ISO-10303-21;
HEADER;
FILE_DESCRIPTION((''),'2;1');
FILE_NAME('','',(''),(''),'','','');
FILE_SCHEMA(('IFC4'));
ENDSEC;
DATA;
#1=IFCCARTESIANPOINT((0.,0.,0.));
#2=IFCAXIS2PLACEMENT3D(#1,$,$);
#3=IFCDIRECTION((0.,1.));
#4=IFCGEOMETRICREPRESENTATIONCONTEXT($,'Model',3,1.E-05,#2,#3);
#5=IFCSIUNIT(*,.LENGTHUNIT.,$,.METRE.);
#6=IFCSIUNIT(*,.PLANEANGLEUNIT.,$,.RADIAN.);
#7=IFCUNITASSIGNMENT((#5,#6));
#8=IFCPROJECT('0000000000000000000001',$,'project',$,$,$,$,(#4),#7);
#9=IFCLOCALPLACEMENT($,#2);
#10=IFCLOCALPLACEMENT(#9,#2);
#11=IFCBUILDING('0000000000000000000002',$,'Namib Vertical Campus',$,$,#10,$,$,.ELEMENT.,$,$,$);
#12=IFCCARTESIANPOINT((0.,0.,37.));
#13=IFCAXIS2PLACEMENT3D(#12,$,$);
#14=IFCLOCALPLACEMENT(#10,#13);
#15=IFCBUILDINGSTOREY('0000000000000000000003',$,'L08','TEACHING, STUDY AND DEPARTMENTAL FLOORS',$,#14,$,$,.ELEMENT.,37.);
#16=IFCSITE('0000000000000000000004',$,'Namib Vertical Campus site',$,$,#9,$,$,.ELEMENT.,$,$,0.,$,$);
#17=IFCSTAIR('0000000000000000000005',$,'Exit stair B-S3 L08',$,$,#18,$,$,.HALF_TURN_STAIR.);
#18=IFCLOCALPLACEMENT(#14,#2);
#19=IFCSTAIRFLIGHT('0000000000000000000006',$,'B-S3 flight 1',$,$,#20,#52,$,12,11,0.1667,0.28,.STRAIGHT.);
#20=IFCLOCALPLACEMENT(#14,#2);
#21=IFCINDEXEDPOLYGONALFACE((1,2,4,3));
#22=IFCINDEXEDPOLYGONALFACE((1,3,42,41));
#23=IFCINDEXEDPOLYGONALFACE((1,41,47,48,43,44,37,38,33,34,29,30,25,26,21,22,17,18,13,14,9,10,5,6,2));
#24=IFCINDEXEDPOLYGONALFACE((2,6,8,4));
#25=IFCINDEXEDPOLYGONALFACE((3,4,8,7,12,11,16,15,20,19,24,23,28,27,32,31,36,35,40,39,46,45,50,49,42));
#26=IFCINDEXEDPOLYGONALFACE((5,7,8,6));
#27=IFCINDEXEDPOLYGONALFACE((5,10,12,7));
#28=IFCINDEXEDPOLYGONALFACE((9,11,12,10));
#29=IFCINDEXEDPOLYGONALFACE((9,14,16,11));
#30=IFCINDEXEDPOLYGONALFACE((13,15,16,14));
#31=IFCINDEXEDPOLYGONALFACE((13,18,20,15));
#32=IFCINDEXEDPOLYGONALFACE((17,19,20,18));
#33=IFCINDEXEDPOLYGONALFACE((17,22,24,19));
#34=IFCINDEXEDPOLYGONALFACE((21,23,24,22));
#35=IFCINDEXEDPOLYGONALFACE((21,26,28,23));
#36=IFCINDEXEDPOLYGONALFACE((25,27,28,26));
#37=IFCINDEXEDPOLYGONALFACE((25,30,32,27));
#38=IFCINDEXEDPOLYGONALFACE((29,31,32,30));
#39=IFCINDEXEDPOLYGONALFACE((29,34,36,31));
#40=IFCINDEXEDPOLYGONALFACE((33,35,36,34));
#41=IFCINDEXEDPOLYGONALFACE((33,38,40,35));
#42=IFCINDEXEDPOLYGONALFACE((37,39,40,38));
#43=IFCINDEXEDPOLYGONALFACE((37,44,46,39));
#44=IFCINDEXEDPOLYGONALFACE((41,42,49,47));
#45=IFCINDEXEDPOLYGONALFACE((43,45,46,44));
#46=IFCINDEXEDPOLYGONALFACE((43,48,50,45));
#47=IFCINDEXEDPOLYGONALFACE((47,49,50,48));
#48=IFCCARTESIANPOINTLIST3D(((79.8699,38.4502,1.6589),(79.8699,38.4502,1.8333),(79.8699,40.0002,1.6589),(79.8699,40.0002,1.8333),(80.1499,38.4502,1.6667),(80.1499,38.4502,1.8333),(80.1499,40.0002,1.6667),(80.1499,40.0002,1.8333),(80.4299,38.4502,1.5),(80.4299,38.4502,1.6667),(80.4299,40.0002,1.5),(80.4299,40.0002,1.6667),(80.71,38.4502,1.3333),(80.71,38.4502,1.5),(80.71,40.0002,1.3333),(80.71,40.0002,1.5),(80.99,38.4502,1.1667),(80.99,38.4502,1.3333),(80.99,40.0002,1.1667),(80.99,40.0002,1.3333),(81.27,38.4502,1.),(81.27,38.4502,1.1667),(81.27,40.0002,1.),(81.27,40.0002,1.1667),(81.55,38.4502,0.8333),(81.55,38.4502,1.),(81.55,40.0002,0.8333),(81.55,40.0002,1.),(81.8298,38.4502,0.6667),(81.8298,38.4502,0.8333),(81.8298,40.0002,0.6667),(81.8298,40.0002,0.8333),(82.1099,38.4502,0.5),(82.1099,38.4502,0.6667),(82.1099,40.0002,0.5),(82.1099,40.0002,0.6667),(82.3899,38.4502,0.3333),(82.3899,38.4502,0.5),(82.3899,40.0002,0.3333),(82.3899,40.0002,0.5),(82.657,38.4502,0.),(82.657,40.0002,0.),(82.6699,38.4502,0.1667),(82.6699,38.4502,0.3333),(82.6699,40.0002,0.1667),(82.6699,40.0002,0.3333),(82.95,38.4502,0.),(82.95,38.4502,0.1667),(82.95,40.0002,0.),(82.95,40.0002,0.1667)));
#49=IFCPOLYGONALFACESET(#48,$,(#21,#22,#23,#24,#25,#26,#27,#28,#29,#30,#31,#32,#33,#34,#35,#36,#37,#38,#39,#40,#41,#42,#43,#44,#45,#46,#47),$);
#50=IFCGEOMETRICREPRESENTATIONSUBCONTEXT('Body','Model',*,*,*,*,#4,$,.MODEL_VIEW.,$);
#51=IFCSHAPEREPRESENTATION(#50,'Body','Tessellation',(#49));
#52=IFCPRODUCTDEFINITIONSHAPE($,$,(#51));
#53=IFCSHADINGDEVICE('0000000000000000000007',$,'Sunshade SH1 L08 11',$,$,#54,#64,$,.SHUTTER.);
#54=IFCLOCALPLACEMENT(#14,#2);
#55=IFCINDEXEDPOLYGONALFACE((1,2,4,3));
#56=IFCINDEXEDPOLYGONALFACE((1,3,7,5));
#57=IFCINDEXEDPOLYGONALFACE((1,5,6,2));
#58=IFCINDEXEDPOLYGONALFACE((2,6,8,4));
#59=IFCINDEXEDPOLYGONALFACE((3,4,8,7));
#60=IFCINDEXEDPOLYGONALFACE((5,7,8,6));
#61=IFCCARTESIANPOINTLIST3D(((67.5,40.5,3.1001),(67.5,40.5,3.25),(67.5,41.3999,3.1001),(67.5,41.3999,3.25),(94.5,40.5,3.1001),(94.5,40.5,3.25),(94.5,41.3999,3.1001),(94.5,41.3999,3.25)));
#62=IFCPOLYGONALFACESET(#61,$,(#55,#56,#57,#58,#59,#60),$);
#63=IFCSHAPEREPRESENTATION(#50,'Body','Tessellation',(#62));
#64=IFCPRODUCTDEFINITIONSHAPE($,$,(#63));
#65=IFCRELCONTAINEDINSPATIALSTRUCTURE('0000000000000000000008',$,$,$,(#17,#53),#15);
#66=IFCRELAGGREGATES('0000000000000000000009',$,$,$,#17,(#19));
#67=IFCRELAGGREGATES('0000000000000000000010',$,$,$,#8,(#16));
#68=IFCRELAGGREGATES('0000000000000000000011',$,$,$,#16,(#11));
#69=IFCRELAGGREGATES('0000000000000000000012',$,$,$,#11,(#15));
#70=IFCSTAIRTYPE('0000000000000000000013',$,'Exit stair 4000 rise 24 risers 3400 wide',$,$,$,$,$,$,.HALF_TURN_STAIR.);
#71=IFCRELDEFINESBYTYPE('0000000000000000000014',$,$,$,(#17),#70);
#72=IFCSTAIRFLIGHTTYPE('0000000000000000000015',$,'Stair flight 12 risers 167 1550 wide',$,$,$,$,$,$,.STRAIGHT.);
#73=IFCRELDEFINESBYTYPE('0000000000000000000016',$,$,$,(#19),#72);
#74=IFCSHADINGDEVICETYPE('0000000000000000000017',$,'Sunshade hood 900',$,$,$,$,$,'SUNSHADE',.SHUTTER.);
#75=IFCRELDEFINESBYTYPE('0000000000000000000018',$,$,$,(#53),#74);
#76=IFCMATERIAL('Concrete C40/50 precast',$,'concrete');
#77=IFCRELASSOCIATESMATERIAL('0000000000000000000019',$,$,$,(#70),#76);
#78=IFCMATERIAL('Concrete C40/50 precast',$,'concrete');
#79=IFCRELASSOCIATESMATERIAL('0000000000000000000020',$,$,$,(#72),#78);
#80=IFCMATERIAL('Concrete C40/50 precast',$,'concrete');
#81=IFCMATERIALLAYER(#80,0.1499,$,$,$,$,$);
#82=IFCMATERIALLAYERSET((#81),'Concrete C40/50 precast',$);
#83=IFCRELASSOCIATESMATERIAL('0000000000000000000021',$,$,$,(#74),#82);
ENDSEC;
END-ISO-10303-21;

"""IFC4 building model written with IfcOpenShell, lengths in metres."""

from ifc_helpers import new_model, si_unit, direction, frame, origin, origin_2d, place, context, subcontext, project, spatial, polyline, rectangle, outline, extrude, material, layer, layer_set, type_object, element, aggregate, save


model = new_model("IFC4")

# Units and contexts
model_context = context("Model", 3, precision=1e-05, world=origin(), true_north=direction((0.0, 1.0)))
body_context = subcontext(model_context, "Body", "Model", "MODEL_VIEW")
ifc_project = project(units=[si_unit("LENGTHUNIT", "METRE"), si_unit("PLANEANGLEUNIT", "RADIAN")], contexts=[model_context])

# Site, building, storey
site_placement = place(None, origin())
site = spatial("IfcSite", under=ifc_project, at=site_placement, Name="Namib Vertical Campus site", CompositionType="ELEMENT", RefElevation=0.0)
building_placement = place(site_placement, origin())
building = spatial("IfcBuilding", under=site, at=building_placement, Name="Namib Vertical Campus", CompositionType="ELEMENT")
storey_placement = place(building_placement, frame((0.0, 0.0, 37.0)))
storey = spatial("IfcBuildingStorey", under=building, at=storey_placement, Name="L08", Description="TEACHING, STUDY AND DEPARTMENTAL FLOORS", CompositionType="ELEMENT", Elevation=37.0)

# Shared definitions
ifc_material_1 = material(Name="Concrete C40/50 precast", Category="concrete")
stair_type = type_object("IfcStairType", Name="Exit stair 4000 rise 24 risers 3400 wide", PredefinedType="HALF_TURN_STAIR", material=ifc_material_1)
ifc_material_2 = material(Name="Concrete C40/50 precast", Category="concrete")
stair_flight_type = type_object("IfcStairFlightType", Name="Stair flight 12 risers 167 1550 wide", PredefinedType="STRAIGHT", material=ifc_material_2)

# Stair, stair flight
stair_1_placement = place(storey_placement, origin())
stair_1 = element("IfcStair", 1, at=stair_1_placement, inside=storey, type_object=stair_type, Name="Exit stair B-S3 L08", PredefinedType="HALF_TURN_STAIR")
stair_flight_1_placement = place(storey_placement, frame((82.95, 39.2251, 0.0), z_axis=(0.0, 0.0, 1.0), x_axis=(-1.0, 0.0, 0.0)))
stair_flight_1 = element("IfcStairFlight", 2, at=stair_flight_1_placement, type_object=stair_flight_type, Name="B-S3 flight 1", NumberOfRisers=12, NumberOfTreads=11, PredefinedType="STRAIGHT", RiserHeight=0.1667, TreadLength=0.28, context=body_context, shape_type="SweptSolid", body=[
    extrude(outline(polyline([(0.0, 0.0), (0.0, 0.1667), (0.28, 0.1667), (0.28, 0.3333), (0.5601, 0.3333), (0.5601, 0.5), (0.8401, 0.5), (0.8401, 0.6667), (1.1201, 0.6667), (1.1201, 0.8333), (1.3999, 0.8333), (1.3999, 1.0), (1.6799, 1.0), (1.6799, 1.1667), (1.96, 1.1667), (1.96, 1.3333), (2.24, 1.3333), (2.24, 1.5), (2.52, 1.5), (2.52, 1.6667), (2.8, 1.6667), (2.8, 1.8333), (3.0801, 1.8333), (3.0801, 2.0), (3.0801, 1.6589), (0.293, 0.0), (0.0, 0.0)])), frame((0.0, 0.7749, 0.0), z_axis=(0.0, -1.0, 0.0), x_axis=(1.0, 0.0, 0.0)), (0.0, 0.0, 1.0), 1.55),
])
aggregate(stair_1, [stair_flight_1])

# Shading device
ifc_material_3 = material(Name="Concrete C40/50 precast", Category="concrete")
ifc_layer_1 = layer(ifc_material_3, 0.1499)
ifc_layer_set_1 = layer_set([ifc_layer_1], Name="Concrete C40/50 precast")
shading_device_type = type_object("IfcShadingDeviceType", Name="Sunshade hood 900", ElementType="SUNSHADE", PredefinedType="SHUTTER", material=ifc_layer_set_1)
shading_device_placement = place(storey_placement, frame((81.0, 40.95, 3.1001), z_axis=(0.0, 0.0, 1.0), x_axis=(-1.0, 0.0, 0.0)))
element("IfcShadingDevice", 3, at=shading_device_placement, inside=storey, type_object=shading_device_type, Name="Sunshade SH1 L08 11", PredefinedType="SHUTTER", context=body_context, shape_type="SweptSolid", body=[
    extrude(rectangle(XDim=27.0, YDim=0.8999, at=origin_2d()), origin(), (0.0, 0.0, 1.0), 0.1499),
])

save(model, "model.ifc")
